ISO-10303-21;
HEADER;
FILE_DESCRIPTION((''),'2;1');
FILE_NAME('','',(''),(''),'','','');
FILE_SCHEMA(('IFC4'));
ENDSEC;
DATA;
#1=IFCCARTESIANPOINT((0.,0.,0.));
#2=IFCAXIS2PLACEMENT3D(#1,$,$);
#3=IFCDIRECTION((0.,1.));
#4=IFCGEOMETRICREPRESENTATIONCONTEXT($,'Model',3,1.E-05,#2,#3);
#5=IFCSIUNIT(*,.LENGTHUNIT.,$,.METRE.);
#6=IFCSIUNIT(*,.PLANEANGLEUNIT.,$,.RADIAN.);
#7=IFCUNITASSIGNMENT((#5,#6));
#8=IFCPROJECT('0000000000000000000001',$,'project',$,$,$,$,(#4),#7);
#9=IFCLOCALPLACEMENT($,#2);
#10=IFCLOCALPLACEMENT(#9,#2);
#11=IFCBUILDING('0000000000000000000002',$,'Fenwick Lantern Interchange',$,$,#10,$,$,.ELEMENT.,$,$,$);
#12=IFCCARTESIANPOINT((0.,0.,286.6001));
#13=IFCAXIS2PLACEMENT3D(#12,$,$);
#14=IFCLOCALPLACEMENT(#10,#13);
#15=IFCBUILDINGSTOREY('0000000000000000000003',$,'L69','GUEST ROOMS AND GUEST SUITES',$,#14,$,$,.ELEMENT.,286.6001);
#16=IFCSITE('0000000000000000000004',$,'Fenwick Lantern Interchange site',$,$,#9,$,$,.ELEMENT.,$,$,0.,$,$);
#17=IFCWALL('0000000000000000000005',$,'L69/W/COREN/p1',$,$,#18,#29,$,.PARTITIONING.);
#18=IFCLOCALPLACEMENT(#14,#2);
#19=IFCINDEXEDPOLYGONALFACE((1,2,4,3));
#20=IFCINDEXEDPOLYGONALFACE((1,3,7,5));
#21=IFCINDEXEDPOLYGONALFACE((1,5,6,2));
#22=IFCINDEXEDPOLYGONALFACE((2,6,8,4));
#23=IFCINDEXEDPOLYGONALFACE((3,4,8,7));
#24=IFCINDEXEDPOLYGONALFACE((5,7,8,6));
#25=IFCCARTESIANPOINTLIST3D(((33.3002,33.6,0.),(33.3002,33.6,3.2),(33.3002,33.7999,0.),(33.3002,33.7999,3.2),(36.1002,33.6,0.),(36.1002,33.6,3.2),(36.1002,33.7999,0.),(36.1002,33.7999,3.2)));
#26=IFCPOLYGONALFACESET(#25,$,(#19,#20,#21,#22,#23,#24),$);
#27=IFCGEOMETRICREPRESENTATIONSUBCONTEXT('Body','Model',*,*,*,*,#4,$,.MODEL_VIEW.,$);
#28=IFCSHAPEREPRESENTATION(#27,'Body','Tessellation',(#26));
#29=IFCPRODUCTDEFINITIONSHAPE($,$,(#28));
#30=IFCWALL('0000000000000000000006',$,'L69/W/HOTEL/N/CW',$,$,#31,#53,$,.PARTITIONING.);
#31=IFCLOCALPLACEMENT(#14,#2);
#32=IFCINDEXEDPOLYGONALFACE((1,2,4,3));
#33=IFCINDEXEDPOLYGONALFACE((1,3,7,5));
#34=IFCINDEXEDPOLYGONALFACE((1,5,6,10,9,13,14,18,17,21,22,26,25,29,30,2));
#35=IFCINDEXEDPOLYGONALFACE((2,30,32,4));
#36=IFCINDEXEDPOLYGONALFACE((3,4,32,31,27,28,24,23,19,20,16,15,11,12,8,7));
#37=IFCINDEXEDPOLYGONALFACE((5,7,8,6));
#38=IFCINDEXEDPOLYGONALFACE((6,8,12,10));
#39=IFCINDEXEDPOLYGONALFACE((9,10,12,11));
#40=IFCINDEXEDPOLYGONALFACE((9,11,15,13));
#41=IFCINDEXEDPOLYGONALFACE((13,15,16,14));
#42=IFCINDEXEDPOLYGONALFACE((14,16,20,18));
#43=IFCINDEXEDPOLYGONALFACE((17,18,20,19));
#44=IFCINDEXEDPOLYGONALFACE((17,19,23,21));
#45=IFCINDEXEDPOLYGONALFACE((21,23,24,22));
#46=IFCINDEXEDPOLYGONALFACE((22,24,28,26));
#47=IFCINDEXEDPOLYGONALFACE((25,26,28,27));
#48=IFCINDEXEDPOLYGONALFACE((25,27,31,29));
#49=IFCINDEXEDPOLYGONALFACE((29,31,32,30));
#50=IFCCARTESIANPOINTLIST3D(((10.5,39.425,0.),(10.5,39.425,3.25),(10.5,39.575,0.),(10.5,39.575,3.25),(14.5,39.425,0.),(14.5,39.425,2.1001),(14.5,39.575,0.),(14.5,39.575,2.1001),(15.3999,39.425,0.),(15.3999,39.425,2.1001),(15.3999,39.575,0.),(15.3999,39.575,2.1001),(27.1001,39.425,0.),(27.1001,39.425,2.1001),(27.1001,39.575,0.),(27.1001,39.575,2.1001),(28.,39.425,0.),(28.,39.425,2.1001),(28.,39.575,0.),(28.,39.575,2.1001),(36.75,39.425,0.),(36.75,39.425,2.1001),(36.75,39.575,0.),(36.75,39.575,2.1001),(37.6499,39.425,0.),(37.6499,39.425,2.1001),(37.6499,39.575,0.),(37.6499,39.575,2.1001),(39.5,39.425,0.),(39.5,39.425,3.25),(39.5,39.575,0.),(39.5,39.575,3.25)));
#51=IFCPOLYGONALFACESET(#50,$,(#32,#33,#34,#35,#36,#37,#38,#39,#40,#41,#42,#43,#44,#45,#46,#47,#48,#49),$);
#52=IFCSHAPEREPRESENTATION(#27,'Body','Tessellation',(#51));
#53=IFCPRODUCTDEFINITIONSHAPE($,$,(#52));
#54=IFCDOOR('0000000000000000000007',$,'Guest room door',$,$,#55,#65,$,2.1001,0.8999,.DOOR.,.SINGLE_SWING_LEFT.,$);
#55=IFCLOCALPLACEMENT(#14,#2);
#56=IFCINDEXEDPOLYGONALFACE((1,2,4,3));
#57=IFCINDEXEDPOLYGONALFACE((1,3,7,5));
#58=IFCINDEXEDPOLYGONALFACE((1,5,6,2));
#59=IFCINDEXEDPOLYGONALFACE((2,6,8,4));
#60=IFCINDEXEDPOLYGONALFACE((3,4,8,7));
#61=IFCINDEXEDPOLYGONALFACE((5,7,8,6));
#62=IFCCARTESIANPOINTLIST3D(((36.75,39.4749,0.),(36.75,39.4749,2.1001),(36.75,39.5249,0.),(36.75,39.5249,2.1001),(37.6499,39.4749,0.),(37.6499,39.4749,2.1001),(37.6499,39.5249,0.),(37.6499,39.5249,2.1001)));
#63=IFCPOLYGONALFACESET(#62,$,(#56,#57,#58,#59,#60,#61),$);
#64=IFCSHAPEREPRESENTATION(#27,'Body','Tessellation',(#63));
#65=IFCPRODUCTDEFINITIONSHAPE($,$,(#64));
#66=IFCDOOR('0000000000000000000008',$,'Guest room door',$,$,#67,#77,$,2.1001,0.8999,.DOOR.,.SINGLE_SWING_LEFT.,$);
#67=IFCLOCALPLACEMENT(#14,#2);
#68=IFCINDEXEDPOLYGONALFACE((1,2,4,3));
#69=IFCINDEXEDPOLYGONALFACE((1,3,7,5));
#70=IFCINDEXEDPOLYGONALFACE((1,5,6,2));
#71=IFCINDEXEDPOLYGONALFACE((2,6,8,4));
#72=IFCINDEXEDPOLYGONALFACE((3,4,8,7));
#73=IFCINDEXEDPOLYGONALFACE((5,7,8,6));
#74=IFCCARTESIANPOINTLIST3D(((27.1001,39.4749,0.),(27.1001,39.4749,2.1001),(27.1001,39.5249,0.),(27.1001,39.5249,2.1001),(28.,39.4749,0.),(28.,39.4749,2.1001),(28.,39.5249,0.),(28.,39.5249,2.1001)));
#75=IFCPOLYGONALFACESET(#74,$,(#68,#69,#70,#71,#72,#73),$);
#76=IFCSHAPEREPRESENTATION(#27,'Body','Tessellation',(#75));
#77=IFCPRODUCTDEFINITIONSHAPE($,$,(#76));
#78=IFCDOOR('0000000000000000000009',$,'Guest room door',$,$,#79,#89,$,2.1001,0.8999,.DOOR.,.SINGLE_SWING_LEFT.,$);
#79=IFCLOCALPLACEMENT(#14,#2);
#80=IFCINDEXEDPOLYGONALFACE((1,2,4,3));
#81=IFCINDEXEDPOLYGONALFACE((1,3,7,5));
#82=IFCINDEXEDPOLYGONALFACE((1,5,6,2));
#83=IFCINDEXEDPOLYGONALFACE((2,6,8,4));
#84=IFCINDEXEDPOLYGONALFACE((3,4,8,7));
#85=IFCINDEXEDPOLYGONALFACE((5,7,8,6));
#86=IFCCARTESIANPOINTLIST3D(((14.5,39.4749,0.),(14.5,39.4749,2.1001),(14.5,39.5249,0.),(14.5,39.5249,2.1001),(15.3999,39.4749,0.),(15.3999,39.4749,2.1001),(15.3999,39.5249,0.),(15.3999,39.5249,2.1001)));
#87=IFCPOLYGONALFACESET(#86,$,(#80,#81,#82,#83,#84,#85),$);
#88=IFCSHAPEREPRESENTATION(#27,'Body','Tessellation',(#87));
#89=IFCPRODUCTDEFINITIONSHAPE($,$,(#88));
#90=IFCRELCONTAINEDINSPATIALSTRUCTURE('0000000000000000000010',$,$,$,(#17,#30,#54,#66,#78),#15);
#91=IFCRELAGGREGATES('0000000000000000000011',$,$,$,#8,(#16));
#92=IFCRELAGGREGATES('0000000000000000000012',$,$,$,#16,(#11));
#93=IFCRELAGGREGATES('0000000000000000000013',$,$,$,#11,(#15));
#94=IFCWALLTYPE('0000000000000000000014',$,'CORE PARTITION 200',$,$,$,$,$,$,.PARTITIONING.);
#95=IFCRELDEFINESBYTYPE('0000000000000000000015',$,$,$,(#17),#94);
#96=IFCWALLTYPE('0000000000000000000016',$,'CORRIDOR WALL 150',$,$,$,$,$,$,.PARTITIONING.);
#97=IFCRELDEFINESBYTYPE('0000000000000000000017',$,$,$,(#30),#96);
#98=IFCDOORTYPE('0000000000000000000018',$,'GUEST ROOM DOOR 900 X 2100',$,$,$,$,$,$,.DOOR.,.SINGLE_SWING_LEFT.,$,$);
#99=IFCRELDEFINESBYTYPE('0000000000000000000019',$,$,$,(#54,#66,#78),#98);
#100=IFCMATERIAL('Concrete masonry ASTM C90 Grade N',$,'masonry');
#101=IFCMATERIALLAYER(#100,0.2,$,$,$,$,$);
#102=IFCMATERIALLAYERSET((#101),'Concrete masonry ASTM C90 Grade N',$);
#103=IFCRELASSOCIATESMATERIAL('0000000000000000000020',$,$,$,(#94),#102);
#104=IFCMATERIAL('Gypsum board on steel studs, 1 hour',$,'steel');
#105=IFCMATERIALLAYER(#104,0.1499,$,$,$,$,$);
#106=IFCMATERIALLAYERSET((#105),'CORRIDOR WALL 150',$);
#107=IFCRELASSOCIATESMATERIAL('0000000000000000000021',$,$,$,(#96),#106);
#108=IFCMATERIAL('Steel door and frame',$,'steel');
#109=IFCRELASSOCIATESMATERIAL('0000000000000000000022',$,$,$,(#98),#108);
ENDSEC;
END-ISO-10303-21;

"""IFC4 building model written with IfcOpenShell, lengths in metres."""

from ifc_helpers import new_model, si_unit, direction, frame, frame_2d, origin, place, context, subcontext, project, spatial, rectangle, extrude, material, layer, layer_set, type_object, element, fill, save


model = new_model("IFC4")

# Units and contexts
model_context = context("Model", 3, precision=1e-05, world=origin(), true_north=direction((0.0, 1.0)))
body_context = subcontext(model_context, "Body", "Model", "MODEL_VIEW")
ifc_project = project(units=[si_unit("LENGTHUNIT", "METRE"), si_unit("PLANEANGLEUNIT", "RADIAN")], contexts=[model_context])

# Site, building, storey
site_placement = place(None, origin())
site = spatial("IfcSite", under=ifc_project, at=site_placement, Name="Fenwick Lantern Interchange site", CompositionType="ELEMENT", RefElevation=0.0)
building_placement = place(site_placement, origin())
building = spatial("IfcBuilding", under=site, at=building_placement, Name="Fenwick Lantern Interchange", CompositionType="ELEMENT")
storey_placement = place(building_placement, frame((0.0, 0.0, 286.6001)))
storey = spatial("IfcBuildingStorey", under=building, at=storey_placement, Name="L69", Description="GUEST ROOMS AND GUEST SUITES", CompositionType="ELEMENT", Elevation=286.6001)

# Shared definitions
ifc_material_1 = material(Name="Concrete masonry ASTM C90 Grade N", Category="masonry")
ifc_layer_1 = layer(ifc_material_1, 0.2)
ifc_layer_set_1 = layer_set([ifc_layer_1], Name="Concrete masonry ASTM C90 Grade N")
wall_type_1 = type_object("IfcWallType", Name="CORE PARTITION 200", PredefinedType="PARTITIONING", material=ifc_layer_set_1)
ifc_material_2 = material(Name="Steel door and frame", Category="steel")

# Wall
for number, where, z_axis, x_axis, name in (
    (1, (36.1001, 33.7, 0.0), (0.0, 0.0, 1.0), (-1.0, 0.0, 0.0), "L69/W/COREN/p1"),
):
    element("IfcWall", number, at=place(storey_placement, frame(where, z_axis=z_axis, x_axis=x_axis)), inside=storey, type_object=wall_type_1, Name=name, PredefinedType="PARTITIONING", context=body_context, shape_type="SweptSolid", body=[
        extrude(rectangle(XDim=2.8, YDim=0.2, at=frame_2d((1.3999, 0.0))), origin(), (0.0, 0.0, 1.0), 3.2),
    ])

# Wall, openings, doors
ifc_material_3 = material(Name="Gypsum board on steel studs, 1 hour", Category="steel")
ifc_layer_2 = layer(ifc_material_3, 0.1499)
ifc_layer_set_2 = layer_set([ifc_layer_2], Name="CORRIDOR WALL 150")
wall_type_2 = type_object("IfcWallType", Name="CORRIDOR WALL 150", PredefinedType="PARTITIONING", material=ifc_layer_set_2)
wall_1_placement = place(storey_placement, frame((39.5, 39.5, 0.0), z_axis=(0.0, 0.0, 1.0), x_axis=(-1.0, 0.0, 0.0)))
wall_1 = element("IfcWall", 2, at=wall_1_placement, inside=storey, type_object=wall_type_2, Name="L69/W/HOTEL/N/CW", PredefinedType="PARTITIONING", context=body_context, shape_type="SweptSolid", body=[
    extrude(rectangle(XDim=29.0, YDim=0.1499, at=frame_2d((14.5, 0.0))), origin(), (0.0, 0.0, 1.0), 3.25),
])
opening_1_placement = place(wall_1_placement, frame((1.8501, 0.0, 0.0)))
opening_1 = element("IfcOpeningElement", 3, at=opening_1_placement, cuts=wall_1, PredefinedType="OPENING", context=body_context, shape_type="SweptSolid", body=[
    extrude(rectangle(XDim=0.8999, YDim=2.1001, at=frame_2d((0.45, 1.05))), frame((0.0, 0.085, 0.0), z_axis=(0.0, -1.0, 0.0), x_axis=(1.0, 0.0, 0.0)), (0.0, 0.0, 1.0), 0.1699),
])
opening_2_placement = place(wall_1_placement, frame((11.5, 0.0, 0.0)))
opening_2 = element("IfcOpeningElement", 4, at=opening_2_placement, cuts=wall_1, PredefinedType="OPENING", context=body_context, shape_type="SweptSolid", body=[
    extrude(rectangle(XDim=0.8999, YDim=2.1001, at=frame_2d((0.45, 1.05))), frame((0.0, 0.085, 0.0), z_axis=(0.0, -1.0, 0.0), x_axis=(1.0, 0.0, 0.0)), (0.0, 0.0, 1.0), 0.1699),
])
opening_3_placement = place(wall_1_placement, frame((24.1001, 0.0, 0.0)))
opening_3 = element("IfcOpeningElement", 5, at=opening_3_placement, cuts=wall_1, PredefinedType="OPENING", context=body_context, shape_type="SweptSolid", body=[
    extrude(rectangle(XDim=0.8999, YDim=2.1001, at=frame_2d((0.45, 1.05))), frame((0.0, 0.085, 0.0), z_axis=(0.0, -1.0, 0.0), x_axis=(1.0, 0.0, 0.0)), (0.0, 0.0, 1.0), 0.1699),
])
door_type_1 = type_object("IfcDoorType", Name="GUEST ROOM DOOR 900 X 2100", OperationType="SINGLE_SWING_LEFT", PredefinedType="DOOR", material=ifc_material_2)
door_1_placement = place(opening_1_placement, frame((0.8999, 0.0, 0.0), z_axis=(0.0, 0.0, 1.0), x_axis=(-1.0, 0.0, 0.0)))
door_1 = element("IfcDoor", 6, at=door_1_placement, inside=storey, type_object=door_type_1, Name="Guest room door", OperationType="SINGLE_SWING_LEFT", OverallHeight=2.1001, OverallWidth=0.8999, PredefinedType="DOOR", context=body_context, shape_type="SweptSolid", body=[
    extrude(rectangle(XDim=0.8999, YDim=2.1001, at=frame_2d((0.45, 1.05))), frame((0.0, 0.0249, 0.0), z_axis=(0.0, -1.0, 0.0), x_axis=(1.0, 0.0, 0.0)), (0.0, 0.0, 1.0), 0.05),
])
fill(opening_1, door_1)
door_2_placement = place(opening_2_placement, frame((0.8999, 0.0, 0.0), z_axis=(0.0, 0.0, 1.0), x_axis=(-1.0, 0.0, 0.0)))
door_2 = element("IfcDoor", 7, at=door_2_placement, inside=storey, type_object=door_type_1, Name="Guest room door", OperationType="SINGLE_SWING_LEFT", OverallHeight=2.1001, OverallWidth=0.8999, PredefinedType="DOOR", context=body_context, shape_type="SweptSolid", body=[
    extrude(rectangle(XDim=0.8999, YDim=2.1001, at=frame_2d((0.45, 1.05))), frame((0.0, 0.0249, 0.0), z_axis=(0.0, -1.0, 0.0), x_axis=(1.0, 0.0, 0.0)), (0.0, 0.0, 1.0), 0.05),
])
fill(opening_2, door_2)
door_3_placement = place(opening_3_placement, frame((0.8999, 0.0, 0.0), z_axis=(0.0, 0.0, 1.0), x_axis=(-1.0, 0.0, 0.0)))
door_3 = element("IfcDoor", 8, at=door_3_placement, inside=storey, type_object=door_type_1, Name="Guest room door", OperationType="SINGLE_SWING_LEFT", OverallHeight=2.1001, OverallWidth=0.8999, PredefinedType="DOOR", context=body_context, shape_type="SweptSolid", body=[
    extrude(rectangle(XDim=0.8999, YDim=2.1001, at=frame_2d((0.45, 1.05))), frame((0.0, 0.0249, 0.0), z_axis=(0.0, -1.0, 0.0), x_axis=(1.0, 0.0, 0.0)), (0.0, 0.0, 1.0), 0.05),
])
fill(opening_3, door_3)

save(model, "model.ifc")
